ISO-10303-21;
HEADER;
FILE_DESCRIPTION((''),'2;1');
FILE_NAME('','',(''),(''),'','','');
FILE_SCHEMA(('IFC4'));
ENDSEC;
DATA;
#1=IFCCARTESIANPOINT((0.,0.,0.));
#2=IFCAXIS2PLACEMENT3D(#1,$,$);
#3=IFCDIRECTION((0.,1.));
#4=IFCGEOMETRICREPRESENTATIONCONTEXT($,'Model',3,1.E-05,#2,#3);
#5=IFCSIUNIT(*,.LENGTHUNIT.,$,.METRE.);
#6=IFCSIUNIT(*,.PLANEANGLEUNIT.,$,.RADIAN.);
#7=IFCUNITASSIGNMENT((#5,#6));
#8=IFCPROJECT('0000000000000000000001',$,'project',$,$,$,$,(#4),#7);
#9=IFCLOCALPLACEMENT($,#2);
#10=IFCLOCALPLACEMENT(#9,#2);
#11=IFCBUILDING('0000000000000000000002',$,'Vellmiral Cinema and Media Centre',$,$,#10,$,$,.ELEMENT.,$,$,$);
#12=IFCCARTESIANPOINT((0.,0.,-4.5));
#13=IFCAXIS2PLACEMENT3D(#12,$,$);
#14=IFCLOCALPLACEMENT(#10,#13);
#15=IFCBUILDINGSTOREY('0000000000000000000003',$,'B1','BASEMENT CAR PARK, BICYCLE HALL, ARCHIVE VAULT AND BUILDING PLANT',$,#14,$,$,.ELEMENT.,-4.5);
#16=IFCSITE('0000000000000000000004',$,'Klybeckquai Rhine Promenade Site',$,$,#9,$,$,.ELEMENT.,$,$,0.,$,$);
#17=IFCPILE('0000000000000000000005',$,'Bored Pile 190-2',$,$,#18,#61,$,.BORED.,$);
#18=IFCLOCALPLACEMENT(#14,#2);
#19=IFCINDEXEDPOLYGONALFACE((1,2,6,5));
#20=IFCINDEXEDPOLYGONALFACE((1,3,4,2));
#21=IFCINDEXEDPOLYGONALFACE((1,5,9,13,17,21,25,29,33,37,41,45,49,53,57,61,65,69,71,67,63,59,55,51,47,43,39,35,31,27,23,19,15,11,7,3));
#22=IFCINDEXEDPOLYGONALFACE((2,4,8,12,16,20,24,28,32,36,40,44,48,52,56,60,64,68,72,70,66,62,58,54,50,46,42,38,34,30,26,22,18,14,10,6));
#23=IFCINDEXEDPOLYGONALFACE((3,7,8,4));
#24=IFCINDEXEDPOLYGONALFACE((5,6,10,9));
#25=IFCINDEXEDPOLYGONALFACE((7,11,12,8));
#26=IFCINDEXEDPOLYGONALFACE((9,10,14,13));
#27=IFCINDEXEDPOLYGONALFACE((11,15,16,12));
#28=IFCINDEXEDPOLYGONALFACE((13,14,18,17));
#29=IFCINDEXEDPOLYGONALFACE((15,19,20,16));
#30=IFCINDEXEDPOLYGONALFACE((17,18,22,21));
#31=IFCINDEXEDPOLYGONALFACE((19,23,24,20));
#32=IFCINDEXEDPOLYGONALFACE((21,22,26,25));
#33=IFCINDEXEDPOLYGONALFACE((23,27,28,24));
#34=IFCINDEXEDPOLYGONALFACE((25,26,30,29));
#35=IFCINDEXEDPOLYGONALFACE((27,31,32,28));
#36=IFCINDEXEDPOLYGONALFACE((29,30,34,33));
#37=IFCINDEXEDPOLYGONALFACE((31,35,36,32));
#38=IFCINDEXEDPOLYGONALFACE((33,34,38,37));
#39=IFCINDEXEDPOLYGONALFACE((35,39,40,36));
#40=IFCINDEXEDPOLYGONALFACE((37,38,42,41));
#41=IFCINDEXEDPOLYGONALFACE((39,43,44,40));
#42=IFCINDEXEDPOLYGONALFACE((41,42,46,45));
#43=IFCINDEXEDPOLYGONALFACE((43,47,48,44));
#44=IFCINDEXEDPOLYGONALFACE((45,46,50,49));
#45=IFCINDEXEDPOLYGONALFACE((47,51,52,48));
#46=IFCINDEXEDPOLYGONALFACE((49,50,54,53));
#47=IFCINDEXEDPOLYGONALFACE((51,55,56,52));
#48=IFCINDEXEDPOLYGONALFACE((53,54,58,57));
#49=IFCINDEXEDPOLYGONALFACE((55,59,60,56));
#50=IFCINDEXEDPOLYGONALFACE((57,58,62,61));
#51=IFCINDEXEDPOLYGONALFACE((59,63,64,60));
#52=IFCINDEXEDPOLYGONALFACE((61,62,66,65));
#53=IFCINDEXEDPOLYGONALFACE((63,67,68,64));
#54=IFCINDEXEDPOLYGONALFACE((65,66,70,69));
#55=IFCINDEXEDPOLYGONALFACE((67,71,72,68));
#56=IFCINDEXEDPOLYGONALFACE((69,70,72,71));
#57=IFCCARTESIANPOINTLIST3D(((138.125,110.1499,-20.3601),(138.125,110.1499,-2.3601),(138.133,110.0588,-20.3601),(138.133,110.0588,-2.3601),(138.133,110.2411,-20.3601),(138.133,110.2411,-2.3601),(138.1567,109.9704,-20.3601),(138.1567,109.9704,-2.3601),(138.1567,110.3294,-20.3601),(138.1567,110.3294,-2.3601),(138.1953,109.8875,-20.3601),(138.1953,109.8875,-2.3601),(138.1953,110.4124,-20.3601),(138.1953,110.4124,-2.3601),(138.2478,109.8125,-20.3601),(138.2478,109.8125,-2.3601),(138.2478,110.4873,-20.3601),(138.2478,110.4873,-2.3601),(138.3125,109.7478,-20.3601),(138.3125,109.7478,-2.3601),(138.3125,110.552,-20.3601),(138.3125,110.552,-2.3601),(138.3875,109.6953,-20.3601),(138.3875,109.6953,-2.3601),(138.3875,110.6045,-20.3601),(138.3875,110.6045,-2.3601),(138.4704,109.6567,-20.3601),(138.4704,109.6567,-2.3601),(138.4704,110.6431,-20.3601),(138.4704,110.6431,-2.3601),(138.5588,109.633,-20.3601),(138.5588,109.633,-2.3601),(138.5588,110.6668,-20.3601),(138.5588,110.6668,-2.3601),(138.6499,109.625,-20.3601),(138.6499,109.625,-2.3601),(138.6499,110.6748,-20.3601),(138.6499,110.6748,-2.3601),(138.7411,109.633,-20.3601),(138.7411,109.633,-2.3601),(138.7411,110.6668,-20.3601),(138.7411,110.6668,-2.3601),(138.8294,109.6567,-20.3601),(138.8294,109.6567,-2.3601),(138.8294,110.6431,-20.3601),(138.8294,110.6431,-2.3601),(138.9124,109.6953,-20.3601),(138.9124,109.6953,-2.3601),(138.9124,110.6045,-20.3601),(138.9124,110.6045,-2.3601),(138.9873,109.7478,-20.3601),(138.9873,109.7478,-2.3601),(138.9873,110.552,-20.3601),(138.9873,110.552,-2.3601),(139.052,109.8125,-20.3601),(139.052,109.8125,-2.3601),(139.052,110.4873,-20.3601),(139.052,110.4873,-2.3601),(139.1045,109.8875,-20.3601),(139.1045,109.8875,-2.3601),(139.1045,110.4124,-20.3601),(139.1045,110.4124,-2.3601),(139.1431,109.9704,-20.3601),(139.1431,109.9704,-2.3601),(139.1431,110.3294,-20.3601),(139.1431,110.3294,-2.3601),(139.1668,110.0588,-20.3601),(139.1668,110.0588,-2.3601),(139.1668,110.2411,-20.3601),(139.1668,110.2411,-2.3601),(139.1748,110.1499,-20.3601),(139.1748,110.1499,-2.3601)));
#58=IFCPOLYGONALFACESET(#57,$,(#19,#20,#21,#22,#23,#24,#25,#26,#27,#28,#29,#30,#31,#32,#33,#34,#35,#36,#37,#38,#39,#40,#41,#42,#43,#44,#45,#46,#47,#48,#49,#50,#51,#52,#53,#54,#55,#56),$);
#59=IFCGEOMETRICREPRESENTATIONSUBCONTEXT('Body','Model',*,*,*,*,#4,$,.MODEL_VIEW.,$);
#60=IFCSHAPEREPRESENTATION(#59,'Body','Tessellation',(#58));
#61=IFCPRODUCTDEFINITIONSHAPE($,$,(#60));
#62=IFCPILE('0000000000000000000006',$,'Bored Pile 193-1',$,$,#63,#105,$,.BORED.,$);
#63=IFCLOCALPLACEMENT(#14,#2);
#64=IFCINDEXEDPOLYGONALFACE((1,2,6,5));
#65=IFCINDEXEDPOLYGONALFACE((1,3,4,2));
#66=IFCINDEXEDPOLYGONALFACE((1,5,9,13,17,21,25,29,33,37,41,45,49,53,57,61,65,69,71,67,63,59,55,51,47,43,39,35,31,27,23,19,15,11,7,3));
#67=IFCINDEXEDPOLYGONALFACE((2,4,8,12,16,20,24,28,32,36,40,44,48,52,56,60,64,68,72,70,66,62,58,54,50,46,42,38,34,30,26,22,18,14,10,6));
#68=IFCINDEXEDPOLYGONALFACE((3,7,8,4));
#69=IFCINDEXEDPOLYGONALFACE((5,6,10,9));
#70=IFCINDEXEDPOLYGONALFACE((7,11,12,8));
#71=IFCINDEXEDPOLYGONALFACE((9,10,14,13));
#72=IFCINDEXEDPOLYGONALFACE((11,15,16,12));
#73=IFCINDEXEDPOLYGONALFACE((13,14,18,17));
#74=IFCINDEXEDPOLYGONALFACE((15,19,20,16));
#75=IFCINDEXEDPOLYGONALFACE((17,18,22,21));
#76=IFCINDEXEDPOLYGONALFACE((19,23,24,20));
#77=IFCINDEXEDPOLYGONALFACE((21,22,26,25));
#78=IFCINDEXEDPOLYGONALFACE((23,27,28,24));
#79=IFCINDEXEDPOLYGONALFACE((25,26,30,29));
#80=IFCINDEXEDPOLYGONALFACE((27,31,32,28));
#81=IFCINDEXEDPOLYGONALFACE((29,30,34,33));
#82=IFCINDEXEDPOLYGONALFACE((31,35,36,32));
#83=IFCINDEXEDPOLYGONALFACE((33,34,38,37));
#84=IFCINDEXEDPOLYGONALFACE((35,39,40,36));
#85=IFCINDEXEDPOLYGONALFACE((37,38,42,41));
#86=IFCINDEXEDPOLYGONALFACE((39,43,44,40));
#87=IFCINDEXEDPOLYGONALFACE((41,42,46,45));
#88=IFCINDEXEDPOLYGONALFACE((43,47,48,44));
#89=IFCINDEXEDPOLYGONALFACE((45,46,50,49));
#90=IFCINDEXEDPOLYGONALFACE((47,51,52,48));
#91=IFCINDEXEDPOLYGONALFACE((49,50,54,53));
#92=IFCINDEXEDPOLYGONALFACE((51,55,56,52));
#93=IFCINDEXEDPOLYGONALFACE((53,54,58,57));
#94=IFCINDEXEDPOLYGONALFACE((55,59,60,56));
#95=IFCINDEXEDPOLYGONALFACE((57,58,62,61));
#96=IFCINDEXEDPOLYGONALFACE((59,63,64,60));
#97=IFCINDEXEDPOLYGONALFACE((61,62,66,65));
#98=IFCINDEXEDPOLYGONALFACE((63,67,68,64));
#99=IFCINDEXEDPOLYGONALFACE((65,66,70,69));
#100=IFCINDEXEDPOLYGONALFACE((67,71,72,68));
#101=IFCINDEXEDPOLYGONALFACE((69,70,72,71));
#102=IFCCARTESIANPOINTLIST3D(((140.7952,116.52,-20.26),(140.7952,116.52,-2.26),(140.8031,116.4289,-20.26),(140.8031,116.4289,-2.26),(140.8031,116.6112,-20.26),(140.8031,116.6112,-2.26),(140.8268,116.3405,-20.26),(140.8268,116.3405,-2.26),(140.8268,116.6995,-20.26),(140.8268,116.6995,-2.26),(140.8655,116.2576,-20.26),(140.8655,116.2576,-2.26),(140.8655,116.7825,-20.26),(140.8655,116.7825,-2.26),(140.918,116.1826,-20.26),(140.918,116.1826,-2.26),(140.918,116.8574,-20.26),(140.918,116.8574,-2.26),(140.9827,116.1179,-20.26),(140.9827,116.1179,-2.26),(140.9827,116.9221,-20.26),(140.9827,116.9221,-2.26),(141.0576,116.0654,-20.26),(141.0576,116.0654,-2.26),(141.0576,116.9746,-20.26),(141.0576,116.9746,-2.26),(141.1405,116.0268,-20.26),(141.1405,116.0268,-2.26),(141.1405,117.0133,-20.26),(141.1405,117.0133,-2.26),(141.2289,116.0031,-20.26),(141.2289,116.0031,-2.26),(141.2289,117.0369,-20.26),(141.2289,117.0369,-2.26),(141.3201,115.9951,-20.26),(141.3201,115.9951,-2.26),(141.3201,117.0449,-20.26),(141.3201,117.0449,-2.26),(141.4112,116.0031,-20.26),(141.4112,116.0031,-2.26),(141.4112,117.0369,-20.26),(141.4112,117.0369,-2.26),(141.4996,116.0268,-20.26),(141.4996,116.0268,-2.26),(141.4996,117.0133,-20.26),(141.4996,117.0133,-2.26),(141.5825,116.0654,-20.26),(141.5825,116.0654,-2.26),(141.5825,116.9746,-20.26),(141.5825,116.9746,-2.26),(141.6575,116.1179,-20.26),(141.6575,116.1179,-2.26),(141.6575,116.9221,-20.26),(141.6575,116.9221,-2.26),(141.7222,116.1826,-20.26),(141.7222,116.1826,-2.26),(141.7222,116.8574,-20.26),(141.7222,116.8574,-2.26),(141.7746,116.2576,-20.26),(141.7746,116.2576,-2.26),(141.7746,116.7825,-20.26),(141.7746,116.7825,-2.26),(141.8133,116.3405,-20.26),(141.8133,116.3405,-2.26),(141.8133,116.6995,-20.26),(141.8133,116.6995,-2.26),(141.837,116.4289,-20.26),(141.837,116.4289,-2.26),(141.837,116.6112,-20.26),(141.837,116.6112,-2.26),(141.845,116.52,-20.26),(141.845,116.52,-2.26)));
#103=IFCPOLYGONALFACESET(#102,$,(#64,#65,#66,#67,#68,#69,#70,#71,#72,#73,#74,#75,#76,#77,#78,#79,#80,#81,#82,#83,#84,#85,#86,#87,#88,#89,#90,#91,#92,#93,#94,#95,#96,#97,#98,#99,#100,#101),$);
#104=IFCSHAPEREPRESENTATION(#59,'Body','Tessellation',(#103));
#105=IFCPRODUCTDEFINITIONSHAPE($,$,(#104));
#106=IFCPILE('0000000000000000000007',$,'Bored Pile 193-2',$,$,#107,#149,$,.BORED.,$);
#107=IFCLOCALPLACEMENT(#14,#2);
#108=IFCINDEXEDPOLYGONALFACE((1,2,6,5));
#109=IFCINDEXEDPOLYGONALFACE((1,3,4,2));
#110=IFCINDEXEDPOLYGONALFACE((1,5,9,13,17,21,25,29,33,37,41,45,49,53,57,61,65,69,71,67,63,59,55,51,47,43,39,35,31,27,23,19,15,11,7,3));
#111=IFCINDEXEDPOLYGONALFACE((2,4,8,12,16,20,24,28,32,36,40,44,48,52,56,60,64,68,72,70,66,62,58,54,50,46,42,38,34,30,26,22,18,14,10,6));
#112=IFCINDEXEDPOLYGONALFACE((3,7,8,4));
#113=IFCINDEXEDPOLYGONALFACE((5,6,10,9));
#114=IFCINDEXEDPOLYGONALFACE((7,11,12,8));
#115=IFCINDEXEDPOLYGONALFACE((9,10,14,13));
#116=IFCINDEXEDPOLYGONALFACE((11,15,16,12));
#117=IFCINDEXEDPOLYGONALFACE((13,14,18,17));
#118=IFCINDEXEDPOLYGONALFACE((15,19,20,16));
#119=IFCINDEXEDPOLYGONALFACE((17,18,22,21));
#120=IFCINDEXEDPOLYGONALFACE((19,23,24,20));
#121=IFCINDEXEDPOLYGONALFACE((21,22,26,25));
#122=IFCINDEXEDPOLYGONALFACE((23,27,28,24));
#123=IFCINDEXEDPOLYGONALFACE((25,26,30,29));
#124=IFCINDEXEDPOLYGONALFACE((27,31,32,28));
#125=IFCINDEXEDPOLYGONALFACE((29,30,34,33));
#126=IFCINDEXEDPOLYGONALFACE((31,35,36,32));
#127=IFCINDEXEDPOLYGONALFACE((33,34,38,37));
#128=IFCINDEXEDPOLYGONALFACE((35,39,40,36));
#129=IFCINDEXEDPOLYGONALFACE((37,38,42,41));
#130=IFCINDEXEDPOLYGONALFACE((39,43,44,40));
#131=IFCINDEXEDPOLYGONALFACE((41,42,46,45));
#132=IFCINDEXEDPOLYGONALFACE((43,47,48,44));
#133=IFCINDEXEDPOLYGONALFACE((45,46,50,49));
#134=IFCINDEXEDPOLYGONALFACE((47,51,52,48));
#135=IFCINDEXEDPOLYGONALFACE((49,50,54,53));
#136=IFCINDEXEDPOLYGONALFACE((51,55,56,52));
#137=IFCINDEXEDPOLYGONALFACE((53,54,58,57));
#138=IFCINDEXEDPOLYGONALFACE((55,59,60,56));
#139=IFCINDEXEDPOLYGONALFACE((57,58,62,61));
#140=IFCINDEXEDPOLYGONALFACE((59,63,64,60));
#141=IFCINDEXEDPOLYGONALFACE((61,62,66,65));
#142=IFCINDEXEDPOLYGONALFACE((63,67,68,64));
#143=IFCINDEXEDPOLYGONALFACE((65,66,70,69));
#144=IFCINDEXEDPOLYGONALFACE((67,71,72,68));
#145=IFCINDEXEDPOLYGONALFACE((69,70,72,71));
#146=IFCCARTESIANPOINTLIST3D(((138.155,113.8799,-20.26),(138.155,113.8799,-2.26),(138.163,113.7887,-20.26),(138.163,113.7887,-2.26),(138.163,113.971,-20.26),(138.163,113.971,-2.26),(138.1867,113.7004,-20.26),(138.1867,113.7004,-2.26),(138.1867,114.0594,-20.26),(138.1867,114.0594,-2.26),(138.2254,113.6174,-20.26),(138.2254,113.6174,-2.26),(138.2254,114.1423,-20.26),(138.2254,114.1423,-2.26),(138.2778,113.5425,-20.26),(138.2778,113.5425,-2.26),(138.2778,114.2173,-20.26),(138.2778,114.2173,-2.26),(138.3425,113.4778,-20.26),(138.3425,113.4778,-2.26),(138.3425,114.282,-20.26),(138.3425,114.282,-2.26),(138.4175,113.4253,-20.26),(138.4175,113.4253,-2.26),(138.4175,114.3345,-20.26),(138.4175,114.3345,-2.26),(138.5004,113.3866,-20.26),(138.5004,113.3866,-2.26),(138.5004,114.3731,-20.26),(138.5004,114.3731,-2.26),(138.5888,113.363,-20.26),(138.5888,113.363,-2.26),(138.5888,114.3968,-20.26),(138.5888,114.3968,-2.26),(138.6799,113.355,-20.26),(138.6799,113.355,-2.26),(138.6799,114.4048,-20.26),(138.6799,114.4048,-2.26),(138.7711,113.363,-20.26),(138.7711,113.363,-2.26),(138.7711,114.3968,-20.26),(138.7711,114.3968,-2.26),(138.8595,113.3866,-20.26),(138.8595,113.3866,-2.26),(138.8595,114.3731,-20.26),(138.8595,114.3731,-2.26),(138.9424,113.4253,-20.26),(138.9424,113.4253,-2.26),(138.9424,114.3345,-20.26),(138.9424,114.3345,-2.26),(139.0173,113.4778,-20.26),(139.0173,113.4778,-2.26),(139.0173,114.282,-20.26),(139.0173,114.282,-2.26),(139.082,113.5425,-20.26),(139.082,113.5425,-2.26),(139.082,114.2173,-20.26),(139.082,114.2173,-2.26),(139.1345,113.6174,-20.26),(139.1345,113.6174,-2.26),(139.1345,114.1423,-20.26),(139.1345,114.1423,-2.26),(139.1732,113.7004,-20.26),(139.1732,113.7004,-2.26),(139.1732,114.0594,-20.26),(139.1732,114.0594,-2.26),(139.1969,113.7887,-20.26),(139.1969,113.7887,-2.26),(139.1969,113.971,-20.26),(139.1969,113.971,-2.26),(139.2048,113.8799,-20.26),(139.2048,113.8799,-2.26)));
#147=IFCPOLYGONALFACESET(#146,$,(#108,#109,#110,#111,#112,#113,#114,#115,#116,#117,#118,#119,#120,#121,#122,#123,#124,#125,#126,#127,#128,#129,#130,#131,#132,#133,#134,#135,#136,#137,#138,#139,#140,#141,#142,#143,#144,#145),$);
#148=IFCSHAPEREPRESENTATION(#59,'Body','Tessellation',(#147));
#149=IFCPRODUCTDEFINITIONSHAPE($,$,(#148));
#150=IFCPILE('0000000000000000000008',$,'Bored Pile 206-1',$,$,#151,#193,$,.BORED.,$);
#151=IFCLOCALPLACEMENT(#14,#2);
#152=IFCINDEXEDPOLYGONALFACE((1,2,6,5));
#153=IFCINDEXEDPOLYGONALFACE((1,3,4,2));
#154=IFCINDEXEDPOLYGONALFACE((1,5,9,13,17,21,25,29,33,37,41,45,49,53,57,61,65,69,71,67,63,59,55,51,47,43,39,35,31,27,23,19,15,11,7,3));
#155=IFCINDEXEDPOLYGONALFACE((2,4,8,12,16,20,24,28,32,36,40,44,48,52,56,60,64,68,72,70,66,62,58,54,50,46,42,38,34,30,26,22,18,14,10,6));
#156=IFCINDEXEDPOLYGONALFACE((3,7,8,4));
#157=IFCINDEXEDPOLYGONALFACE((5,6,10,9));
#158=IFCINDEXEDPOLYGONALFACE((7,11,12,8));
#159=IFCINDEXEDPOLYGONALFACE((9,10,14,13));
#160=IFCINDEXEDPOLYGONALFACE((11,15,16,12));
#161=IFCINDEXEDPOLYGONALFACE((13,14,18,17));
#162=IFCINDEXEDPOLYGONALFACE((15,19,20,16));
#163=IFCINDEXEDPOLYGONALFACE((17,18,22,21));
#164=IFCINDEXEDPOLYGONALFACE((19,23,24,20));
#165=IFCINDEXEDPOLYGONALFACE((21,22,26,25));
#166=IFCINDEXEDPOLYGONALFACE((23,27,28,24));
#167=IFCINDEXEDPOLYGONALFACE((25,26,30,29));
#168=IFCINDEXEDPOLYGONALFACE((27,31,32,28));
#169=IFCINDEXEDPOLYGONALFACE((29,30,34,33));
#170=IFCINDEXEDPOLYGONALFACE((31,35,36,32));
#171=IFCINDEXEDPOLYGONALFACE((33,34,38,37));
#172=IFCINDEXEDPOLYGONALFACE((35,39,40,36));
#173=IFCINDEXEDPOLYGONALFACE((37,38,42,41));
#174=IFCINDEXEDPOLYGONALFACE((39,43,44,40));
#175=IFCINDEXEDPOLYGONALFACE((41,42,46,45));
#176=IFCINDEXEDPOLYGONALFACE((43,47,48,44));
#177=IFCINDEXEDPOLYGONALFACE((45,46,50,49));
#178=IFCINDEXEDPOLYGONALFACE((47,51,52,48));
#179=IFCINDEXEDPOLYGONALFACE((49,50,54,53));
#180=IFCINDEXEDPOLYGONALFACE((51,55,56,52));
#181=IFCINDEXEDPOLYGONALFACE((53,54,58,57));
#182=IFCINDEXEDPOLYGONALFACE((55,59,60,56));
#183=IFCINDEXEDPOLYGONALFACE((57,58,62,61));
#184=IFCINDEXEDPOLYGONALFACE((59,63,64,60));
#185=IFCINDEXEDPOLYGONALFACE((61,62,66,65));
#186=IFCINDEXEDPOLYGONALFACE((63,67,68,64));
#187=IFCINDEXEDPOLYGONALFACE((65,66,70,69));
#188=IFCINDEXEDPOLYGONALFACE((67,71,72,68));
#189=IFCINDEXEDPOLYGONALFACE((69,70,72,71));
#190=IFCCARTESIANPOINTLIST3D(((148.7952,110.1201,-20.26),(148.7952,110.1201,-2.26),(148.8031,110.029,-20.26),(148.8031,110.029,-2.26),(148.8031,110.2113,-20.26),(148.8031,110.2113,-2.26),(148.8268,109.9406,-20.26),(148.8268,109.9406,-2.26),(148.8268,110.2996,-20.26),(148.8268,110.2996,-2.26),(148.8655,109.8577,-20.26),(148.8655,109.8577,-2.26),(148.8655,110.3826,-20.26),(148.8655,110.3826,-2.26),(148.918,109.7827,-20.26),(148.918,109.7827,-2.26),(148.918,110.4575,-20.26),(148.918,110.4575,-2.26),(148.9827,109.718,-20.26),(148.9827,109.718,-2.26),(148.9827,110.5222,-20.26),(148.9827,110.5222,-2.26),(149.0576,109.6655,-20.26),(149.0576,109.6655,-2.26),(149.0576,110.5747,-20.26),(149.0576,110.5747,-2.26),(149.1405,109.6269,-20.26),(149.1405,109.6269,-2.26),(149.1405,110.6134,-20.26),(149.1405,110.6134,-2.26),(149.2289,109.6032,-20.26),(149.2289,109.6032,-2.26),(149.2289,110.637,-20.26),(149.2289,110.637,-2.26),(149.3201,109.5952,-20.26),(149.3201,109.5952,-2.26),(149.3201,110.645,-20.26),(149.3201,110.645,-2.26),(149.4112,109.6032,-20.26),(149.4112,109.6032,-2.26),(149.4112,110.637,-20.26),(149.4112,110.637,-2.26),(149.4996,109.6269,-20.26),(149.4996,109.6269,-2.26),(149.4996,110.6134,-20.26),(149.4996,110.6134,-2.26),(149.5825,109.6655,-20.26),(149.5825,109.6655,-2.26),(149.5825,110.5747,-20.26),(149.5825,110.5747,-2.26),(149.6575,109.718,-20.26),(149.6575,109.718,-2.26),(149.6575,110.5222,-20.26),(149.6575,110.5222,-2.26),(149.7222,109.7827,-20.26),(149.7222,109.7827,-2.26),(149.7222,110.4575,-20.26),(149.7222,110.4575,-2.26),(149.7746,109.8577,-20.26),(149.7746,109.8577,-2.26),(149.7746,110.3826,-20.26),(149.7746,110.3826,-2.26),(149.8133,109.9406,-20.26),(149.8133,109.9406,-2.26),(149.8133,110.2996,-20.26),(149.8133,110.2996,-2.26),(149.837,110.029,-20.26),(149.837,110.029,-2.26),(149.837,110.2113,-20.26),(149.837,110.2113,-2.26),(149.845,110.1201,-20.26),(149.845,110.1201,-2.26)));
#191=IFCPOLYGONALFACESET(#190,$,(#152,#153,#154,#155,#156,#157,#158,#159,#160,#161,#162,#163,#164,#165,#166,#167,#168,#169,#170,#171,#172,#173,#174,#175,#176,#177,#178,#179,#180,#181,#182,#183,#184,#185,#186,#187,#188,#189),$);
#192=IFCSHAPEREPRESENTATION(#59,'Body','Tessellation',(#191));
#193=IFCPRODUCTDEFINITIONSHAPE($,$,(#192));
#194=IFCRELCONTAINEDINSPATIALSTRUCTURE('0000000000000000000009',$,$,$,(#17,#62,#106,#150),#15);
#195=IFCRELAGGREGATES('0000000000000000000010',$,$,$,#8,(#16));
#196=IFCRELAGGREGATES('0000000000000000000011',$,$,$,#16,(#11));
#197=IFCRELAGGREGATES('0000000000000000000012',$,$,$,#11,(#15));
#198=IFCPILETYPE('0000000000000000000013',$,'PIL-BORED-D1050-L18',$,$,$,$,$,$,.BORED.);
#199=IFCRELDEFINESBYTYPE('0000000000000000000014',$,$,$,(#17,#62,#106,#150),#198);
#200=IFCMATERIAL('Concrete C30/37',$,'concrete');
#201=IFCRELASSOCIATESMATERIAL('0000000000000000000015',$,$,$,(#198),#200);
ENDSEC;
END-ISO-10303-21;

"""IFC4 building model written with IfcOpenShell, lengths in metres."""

from ifc_helpers import new_model, si_unit, direction, frame, origin, origin_2d, place, context, subcontext, project, spatial, circle, extrude, material, material_profile, profile_set, type_object, element, save


model = new_model("IFC4")

# Units and contexts
model_context = context("Model", 3, precision=1e-05, world=origin(), true_north=direction((0.0, 1.0)))
body_context = subcontext(model_context, "Body", "Model", "MODEL_VIEW")
ifc_project = project(units=[si_unit("LENGTHUNIT", "METRE"), si_unit("PLANEANGLEUNIT", "RADIAN")], contexts=[model_context])

# Site, building, storey
site_placement = place(None, origin())
site = spatial("IfcSite", under=ifc_project, at=site_placement, Name="Klybeckquai Rhine Promenade Site", CompositionType="ELEMENT", RefElevation=0.0)
building_placement = place(site_placement, origin())
building = spatial("IfcBuilding", under=site, at=building_placement, Name="Vellmiral Cinema and Media Centre", CompositionType="ELEMENT")
storey_placement = place(building_placement, frame((0.0, 0.0, -4.5)))
storey = spatial("IfcBuildingStorey", under=building, at=storey_placement, Name="B1", Description="BASEMENT CAR PARK, BICYCLE HALL, ARCHIVE VAULT AND BUILDING PLANT", CompositionType="ELEMENT", Elevation=-4.5)

# Piles
ifc_material_1 = material(Name="Concrete C30/37", Category="concrete")
ifc_material_profile_1 = material_profile(ifc_material_1, circle(Radius=0.5249, at=origin_2d()), Name="PILE D1050")
ifc_profile_set_1 = profile_set([ifc_material_profile_1], Name="Concrete C30/37")
pile_type_1 = type_object("IfcPileType", Name="PIL-BORED-D1050-L18", PredefinedType="BORED", material=ifc_profile_set_1)
for number, where, z_axis, x_axis, name in (
    (1, (138.6499, 110.1499, -2.3601), (0.0, 0.0, -1.0), (1.0, 0.0, 0.0), "Bored Pile 190-2"),
    (2, (141.3201, 116.52, -2.26), (0.0, 0.0, -1.0), (1.0, 0.0, 0.0), "Bored Pile 193-1"),
    (3, (138.6799, 113.8799, -2.26), (0.0, 0.0, -1.0), (1.0, 0.0, 0.0), "Bored Pile 193-2"),
    (4, (149.3201, 110.1201, -2.26), (0.0, 0.0, -1.0), (1.0, 0.0, 0.0), "Bored Pile 206-1"),
):
    element("IfcPile", number, at=place(storey_placement, frame(where, z_axis=z_axis, x_axis=x_axis)), inside=storey, type_object=pile_type_1, Name=name, PredefinedType="BORED", context=body_context, shape_type="SweptSolid", body=[
        extrude(circle(Radius=0.5249, at=origin_2d()), origin(), (0.0, 0.0, 1.0), 18.0),
    ])

save(model, "model.ifc")
